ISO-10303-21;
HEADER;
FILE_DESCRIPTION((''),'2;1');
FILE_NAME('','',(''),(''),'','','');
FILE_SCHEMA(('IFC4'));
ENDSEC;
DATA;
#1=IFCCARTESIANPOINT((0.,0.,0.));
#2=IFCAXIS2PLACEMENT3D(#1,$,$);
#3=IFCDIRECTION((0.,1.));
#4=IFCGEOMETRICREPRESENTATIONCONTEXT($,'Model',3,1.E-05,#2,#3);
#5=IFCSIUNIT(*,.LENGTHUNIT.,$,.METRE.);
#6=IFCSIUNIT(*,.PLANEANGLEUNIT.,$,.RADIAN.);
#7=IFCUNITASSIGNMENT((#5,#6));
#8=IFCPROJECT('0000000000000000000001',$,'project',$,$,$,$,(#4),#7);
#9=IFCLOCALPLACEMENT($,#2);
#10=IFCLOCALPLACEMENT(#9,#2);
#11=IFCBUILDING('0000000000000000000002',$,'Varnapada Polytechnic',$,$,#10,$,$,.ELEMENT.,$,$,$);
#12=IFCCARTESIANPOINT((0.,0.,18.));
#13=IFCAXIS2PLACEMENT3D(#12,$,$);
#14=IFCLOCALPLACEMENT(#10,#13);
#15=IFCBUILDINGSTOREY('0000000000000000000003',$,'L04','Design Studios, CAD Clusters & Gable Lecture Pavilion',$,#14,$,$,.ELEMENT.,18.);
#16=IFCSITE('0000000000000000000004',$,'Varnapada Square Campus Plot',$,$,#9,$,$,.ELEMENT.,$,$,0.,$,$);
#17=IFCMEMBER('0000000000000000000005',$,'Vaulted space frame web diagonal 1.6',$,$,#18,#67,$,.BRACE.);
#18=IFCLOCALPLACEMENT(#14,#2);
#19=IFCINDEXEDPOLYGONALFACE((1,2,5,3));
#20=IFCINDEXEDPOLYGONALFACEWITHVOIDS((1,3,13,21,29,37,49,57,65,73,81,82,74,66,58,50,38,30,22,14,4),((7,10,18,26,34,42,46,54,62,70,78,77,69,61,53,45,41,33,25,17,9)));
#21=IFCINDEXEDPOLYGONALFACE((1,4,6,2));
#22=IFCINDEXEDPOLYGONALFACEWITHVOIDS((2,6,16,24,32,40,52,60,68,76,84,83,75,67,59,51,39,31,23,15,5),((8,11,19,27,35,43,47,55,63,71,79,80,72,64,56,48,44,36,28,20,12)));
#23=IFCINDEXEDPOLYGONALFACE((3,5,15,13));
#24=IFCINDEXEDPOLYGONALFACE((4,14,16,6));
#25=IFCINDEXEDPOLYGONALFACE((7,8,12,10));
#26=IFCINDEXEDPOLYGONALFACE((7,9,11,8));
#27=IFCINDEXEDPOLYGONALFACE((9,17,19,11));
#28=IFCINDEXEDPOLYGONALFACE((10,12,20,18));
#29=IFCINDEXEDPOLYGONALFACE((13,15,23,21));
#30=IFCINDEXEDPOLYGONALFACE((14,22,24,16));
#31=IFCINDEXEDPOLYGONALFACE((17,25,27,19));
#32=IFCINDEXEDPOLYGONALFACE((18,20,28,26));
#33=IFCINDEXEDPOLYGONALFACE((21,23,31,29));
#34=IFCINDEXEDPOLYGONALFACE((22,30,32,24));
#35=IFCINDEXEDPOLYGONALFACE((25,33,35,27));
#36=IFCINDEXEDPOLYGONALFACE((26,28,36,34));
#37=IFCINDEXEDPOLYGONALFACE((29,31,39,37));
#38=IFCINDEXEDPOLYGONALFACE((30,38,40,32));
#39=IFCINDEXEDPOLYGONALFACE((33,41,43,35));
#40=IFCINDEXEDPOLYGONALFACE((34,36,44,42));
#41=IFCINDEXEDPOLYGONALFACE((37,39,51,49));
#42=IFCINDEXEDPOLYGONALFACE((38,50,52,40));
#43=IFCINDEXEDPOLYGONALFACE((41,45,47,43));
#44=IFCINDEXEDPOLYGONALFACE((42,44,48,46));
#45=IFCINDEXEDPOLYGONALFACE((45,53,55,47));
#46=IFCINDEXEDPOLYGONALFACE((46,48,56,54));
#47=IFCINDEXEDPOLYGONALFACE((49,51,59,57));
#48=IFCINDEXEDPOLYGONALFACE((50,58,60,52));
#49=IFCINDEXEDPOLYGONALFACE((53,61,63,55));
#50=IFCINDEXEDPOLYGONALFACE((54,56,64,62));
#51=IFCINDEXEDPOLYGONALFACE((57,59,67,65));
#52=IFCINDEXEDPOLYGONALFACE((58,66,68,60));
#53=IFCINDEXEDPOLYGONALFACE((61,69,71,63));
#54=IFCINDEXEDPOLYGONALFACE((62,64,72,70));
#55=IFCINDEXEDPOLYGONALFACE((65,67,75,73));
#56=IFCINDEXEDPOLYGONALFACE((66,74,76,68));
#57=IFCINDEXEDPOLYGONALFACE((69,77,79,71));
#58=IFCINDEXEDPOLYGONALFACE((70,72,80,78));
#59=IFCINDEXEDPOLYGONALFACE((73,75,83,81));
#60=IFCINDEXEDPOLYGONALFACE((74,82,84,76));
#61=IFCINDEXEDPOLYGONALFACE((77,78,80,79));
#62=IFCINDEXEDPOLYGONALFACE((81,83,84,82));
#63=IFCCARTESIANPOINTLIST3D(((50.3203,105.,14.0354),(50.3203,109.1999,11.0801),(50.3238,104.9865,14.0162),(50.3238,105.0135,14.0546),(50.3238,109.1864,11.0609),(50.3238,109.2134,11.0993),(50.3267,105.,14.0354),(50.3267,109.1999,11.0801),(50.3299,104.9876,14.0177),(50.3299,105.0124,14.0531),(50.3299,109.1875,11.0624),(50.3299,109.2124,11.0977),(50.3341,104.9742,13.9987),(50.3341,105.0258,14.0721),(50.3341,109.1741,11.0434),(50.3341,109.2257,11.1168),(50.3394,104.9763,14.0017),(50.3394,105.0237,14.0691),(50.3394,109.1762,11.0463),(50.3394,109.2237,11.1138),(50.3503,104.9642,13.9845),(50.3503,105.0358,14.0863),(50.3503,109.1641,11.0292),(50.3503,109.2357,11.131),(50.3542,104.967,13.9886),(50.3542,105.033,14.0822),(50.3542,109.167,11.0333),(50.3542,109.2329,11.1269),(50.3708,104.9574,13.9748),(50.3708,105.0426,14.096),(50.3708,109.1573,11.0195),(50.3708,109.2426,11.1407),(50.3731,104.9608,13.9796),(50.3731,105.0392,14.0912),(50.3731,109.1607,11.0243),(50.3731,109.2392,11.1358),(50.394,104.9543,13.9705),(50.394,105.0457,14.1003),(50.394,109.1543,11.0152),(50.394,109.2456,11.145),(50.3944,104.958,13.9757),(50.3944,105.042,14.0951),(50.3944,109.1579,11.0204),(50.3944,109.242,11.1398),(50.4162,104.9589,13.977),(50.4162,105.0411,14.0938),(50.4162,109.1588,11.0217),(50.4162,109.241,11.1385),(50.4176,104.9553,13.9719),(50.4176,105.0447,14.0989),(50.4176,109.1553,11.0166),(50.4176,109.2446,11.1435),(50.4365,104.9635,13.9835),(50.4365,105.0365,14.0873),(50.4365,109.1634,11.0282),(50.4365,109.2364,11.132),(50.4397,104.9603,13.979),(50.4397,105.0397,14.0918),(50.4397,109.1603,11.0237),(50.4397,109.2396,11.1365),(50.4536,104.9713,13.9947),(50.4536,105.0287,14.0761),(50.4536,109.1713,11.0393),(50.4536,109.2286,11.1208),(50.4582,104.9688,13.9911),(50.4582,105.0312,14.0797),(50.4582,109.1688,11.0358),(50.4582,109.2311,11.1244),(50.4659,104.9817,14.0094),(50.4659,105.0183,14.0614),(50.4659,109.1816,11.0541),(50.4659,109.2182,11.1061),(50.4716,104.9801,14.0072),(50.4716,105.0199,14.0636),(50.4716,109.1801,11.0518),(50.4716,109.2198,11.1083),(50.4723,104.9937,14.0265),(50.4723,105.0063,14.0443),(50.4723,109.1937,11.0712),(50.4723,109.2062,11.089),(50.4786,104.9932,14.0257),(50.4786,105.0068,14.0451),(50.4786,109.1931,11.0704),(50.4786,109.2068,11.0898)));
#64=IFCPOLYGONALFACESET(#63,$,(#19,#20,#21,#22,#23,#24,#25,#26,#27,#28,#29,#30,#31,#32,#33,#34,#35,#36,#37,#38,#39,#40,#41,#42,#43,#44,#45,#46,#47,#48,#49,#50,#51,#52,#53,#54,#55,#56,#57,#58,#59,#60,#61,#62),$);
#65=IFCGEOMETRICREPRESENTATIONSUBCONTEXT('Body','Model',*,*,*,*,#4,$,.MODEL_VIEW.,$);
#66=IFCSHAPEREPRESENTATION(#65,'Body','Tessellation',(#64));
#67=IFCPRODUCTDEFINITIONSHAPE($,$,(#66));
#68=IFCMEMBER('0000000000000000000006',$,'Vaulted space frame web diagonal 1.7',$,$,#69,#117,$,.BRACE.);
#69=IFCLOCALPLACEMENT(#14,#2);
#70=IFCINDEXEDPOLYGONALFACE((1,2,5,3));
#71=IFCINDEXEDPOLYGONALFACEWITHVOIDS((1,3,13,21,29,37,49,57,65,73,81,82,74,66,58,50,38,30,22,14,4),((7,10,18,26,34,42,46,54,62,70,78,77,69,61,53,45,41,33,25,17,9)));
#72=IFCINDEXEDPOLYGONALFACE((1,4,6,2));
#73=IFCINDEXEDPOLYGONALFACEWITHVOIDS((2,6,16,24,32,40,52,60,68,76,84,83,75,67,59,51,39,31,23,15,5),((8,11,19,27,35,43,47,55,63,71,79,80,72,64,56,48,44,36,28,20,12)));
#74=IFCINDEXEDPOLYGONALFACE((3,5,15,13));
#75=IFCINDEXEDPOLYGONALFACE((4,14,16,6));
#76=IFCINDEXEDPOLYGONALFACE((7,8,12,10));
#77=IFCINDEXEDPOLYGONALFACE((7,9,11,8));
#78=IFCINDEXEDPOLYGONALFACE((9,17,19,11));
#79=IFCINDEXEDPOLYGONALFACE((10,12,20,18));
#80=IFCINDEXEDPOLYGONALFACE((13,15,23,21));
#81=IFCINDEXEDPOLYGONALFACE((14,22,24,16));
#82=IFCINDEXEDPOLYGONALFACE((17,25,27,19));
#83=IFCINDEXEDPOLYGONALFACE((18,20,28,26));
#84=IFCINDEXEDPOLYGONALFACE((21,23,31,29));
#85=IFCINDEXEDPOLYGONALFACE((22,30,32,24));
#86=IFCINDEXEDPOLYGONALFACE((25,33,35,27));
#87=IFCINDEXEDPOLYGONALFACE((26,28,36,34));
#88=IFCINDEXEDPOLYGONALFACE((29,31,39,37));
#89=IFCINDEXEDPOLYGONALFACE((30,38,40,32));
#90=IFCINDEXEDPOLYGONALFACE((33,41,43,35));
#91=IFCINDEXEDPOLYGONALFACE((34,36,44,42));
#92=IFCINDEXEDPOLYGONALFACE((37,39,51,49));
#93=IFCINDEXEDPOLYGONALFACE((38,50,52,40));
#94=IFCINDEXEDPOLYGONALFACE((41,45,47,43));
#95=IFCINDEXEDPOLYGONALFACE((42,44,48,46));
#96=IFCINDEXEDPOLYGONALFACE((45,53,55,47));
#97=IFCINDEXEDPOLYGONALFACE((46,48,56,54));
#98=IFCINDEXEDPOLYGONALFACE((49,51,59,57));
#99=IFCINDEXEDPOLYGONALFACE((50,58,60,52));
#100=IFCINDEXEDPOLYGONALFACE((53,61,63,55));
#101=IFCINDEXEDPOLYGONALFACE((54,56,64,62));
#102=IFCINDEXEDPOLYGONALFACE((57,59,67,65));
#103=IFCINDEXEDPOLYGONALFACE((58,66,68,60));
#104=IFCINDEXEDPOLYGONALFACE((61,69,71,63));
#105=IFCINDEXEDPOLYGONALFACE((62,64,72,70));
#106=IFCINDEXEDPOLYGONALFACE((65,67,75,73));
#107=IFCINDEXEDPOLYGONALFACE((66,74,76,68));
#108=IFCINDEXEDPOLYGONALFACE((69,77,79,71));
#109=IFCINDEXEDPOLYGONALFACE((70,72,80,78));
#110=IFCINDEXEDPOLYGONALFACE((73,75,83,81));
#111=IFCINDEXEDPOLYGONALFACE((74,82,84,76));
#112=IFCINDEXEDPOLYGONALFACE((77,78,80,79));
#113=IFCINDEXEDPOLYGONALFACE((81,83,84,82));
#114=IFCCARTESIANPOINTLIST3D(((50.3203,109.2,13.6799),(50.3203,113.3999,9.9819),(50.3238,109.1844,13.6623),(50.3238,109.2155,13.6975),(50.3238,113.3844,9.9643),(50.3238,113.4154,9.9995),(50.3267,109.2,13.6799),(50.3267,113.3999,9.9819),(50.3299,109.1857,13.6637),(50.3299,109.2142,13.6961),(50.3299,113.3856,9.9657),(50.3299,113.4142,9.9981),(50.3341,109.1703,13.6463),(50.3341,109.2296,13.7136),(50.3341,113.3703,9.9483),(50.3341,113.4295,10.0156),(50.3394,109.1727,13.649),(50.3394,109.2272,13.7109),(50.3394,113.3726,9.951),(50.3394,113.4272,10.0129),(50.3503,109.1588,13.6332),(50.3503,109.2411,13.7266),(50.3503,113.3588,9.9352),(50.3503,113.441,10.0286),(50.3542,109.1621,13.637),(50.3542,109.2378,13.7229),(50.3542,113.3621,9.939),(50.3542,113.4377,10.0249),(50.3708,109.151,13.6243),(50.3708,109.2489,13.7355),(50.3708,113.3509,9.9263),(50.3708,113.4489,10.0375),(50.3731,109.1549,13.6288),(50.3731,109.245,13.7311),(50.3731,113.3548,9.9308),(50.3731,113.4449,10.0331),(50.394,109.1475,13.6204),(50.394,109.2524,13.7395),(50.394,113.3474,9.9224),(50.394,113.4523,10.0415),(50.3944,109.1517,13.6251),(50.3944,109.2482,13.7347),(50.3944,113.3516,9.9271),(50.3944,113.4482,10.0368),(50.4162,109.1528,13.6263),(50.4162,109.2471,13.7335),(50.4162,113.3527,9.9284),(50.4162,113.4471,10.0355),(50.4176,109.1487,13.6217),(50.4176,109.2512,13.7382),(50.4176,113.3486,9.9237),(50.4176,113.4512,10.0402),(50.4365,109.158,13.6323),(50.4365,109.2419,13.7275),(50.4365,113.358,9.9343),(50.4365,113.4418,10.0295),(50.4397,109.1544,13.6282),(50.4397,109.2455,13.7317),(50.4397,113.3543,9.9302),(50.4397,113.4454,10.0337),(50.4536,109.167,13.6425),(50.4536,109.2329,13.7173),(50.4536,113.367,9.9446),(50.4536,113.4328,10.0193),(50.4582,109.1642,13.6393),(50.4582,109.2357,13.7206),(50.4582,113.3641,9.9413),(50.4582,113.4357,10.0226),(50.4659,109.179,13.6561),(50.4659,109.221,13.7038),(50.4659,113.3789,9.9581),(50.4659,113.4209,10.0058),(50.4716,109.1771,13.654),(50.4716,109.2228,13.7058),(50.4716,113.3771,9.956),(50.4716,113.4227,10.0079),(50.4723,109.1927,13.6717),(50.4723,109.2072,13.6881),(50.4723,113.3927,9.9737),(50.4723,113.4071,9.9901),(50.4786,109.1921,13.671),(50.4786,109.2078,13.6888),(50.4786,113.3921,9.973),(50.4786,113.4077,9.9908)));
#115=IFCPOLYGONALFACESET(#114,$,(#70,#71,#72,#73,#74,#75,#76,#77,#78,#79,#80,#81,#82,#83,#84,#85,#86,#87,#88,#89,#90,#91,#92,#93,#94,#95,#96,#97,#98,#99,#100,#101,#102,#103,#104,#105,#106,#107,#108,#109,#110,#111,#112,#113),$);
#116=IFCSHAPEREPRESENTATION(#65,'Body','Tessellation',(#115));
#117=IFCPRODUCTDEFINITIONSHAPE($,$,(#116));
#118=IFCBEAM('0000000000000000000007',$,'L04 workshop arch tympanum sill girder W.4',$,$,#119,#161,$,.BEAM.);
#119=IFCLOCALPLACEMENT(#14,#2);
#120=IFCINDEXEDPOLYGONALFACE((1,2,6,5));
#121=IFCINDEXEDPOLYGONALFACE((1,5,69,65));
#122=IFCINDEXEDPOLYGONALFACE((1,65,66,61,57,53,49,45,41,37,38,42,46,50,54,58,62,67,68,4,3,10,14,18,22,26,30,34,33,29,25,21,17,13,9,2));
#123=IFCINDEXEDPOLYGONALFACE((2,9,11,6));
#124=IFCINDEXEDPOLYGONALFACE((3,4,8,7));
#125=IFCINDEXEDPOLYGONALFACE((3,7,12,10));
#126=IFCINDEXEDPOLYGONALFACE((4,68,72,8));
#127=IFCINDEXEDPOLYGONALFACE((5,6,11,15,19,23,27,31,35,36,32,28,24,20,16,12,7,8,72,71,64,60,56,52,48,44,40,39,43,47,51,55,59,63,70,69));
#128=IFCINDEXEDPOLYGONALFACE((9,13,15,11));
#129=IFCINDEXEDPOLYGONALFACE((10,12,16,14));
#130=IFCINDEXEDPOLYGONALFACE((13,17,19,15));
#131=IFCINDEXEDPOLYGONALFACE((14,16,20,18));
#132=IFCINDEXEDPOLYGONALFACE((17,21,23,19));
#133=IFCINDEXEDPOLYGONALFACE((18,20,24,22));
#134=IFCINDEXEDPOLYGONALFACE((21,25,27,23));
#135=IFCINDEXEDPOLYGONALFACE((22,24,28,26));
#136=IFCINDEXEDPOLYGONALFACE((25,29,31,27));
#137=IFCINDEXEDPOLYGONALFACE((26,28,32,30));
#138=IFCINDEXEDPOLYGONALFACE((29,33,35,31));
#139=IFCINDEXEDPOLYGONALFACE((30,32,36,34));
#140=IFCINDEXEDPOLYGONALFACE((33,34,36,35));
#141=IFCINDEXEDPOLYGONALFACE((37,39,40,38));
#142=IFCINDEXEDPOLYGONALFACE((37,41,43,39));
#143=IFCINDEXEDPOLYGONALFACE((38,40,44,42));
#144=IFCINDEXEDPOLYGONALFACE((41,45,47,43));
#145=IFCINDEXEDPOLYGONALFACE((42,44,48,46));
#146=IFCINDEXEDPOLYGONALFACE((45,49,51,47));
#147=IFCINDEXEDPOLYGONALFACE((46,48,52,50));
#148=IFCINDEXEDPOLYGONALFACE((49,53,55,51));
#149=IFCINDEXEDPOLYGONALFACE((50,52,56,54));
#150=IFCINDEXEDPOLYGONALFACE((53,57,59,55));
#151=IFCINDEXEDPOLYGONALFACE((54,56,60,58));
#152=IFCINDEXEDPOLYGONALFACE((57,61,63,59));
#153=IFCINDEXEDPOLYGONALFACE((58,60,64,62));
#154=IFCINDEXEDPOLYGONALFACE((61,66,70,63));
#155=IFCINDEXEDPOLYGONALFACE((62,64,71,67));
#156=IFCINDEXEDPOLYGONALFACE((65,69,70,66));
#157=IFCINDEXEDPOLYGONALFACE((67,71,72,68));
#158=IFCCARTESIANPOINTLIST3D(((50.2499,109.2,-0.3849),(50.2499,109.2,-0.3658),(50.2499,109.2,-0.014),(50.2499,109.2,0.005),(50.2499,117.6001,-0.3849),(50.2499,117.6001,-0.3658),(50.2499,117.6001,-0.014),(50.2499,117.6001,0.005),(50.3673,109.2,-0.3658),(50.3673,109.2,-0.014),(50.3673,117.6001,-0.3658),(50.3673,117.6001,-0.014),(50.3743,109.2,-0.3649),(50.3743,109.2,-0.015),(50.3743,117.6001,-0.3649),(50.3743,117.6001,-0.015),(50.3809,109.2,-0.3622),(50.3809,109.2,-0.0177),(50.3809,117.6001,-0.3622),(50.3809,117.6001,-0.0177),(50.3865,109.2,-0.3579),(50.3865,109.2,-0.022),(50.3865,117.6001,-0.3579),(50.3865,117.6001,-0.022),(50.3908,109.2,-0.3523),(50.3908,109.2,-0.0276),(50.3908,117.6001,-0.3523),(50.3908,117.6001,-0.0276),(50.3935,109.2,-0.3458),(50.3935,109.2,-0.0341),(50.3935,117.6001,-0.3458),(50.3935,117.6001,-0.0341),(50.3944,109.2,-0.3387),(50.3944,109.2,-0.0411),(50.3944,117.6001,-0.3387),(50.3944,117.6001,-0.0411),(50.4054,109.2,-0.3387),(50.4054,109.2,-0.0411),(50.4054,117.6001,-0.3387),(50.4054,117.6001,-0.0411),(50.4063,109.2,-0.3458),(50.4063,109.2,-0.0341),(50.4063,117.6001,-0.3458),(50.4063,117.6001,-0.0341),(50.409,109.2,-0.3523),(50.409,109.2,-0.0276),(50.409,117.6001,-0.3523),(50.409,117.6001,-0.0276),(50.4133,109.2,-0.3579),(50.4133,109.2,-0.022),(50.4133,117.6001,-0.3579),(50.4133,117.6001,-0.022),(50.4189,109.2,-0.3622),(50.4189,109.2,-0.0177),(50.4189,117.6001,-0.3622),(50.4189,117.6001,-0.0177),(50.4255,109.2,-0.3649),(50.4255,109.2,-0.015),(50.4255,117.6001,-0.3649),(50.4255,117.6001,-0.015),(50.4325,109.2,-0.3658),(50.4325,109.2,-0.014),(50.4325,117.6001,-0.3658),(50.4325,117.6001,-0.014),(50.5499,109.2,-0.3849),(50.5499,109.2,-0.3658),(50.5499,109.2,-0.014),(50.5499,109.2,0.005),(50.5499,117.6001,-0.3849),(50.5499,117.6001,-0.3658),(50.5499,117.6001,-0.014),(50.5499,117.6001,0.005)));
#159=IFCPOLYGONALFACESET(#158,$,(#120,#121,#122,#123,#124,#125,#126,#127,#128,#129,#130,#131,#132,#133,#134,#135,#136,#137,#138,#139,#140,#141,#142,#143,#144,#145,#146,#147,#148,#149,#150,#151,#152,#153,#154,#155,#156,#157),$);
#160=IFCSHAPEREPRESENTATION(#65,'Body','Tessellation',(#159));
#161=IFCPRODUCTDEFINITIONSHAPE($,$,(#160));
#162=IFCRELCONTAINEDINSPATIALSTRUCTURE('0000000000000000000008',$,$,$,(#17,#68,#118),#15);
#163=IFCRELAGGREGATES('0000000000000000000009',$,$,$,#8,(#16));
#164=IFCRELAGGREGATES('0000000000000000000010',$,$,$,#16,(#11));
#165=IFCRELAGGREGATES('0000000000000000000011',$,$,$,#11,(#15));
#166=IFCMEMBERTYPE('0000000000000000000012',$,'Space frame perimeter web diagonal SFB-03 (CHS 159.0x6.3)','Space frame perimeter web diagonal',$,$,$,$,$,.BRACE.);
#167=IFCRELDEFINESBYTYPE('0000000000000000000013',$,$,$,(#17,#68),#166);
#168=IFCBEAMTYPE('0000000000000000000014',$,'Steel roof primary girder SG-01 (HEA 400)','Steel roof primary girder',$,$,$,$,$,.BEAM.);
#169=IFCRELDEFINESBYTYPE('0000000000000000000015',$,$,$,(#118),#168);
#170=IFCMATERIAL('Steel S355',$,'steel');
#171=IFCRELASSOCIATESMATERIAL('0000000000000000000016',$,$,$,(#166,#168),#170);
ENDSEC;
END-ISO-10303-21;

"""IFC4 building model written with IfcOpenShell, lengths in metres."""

from ifc_helpers import new_model, si_unit, direction, frame, origin, origin_2d, place, context, subcontext, project, spatial, hollow_circle, i_section, extrude, material, material_profile, profile_set, type_object, element, save


model = new_model("IFC4")

# Units and contexts
model_context = context("Model", 3, precision=1e-05, world=origin(), true_north=direction((0.0, 1.0)))
body_context = subcontext(model_context, "Body", "Model", "MODEL_VIEW")
ifc_project = project(units=[si_unit("LENGTHUNIT", "METRE"), si_unit("PLANEANGLEUNIT", "RADIAN")], contexts=[model_context])

# Site, building, storey
site_placement = place(None, origin())
site = spatial("IfcSite", under=ifc_project, at=site_placement, Name="Varnapada Square Campus Plot", CompositionType="ELEMENT", RefElevation=0.0)
building_placement = place(site_placement, origin())
building = spatial("IfcBuilding", under=site, at=building_placement, Name="Varnapada Polytechnic", CompositionType="ELEMENT")
storey_placement = place(building_placement, frame((0.0, 0.0, 18.0)))
storey = spatial("IfcBuildingStorey", under=building, at=storey_placement, Name="L04", Description="Design Studios, CAD Clusters & Gable Lecture Pavilion", CompositionType="ELEMENT", Elevation=18.0)

# Shared definitions
ifc_material_1 = material(Name="Steel S355", Category="steel")

# Members
ifc_material_profile_1 = material_profile(ifc_material_1, hollow_circle(Radius=0.0796, WallThickness=0.0063, at=origin_2d()), Name="CHS 159.0x6.3")
ifc_profile_set_1 = profile_set([ifc_material_profile_1], Name="Steel S355")
member_type_1 = type_object("IfcMemberType", Name="Space frame perimeter web diagonal SFB-03 (CHS 159.0x6.3)", Description="Space frame perimeter web diagonal", PredefinedType="BRACE", material=ifc_profile_set_1)
member_1_placement = place(storey_placement, frame((50.3999, 105.0, 14.0354), z_axis=(0.0, 0.817825, -0.575467), x_axis=(-1.0, 0.0, 0.0)))
element("IfcMember", 1, at=member_1_placement, inside=storey, type_object=member_type_1, Name="Vaulted space frame web diagonal 1.6", PredefinedType="BRACE", context=body_context, shape_type="SweptSolid", body=[
    extrude(hollow_circle(Radius=0.0796, WallThickness=0.0063, at=origin_2d()), origin(), (0.0, 0.0, 1.0), 5.1355),
])
member_2_placement = place(storey_placement, frame((50.3999, 109.2, 13.6799), z_axis=(0.0, 0.750533, -0.660833), x_axis=(-1.0, 0.0, 0.0)))
element("IfcMember", 2, at=member_2_placement, inside=storey, type_object=member_type_1, Name="Vaulted space frame web diagonal 1.7", PredefinedType="BRACE", context=body_context, shape_type="SweptSolid", body=[
    extrude(hollow_circle(Radius=0.0796, WallThickness=0.0063, at=origin_2d()), origin(), (0.0, 0.0, 1.0), 5.5959),
])

# Beam
ifc_material_profile_2 = material_profile(ifc_material_1, i_section(OverallWidth=0.3, OverallDepth=0.3899, WebThickness=0.011, FlangeThickness=0.019, FilletRadius=0.0271, at=origin_2d()), Name="HEA 400")
ifc_profile_set_2 = profile_set([ifc_material_profile_2], Name="Steel S355")
beam_type_1 = type_object("IfcBeamType", Name="Steel roof primary girder SG-01 (HEA 400)", Description="Steel roof primary girder", PredefinedType="BEAM", material=ifc_profile_set_2)
beam_1_placement = place(storey_placement, frame((50.3999, 109.2, -0.1899), z_axis=(0.0, 1.0, 0.0), x_axis=(-1.0, 0.0, 0.0)))
element("IfcBeam", 3, at=beam_1_placement, inside=storey, type_object=beam_type_1, Name="L04 workshop arch tympanum sill girder W.4", PredefinedType="BEAM", context=body_context, shape_type="SweptSolid", body=[
    extrude(i_section(OverallWidth=0.3, OverallDepth=0.3899, WebThickness=0.011, FlangeThickness=0.019, FilletRadius=0.0271, at=origin_2d()), origin(), (0.0, 0.0, 1.0), 8.4001),
])

save(model, "model.ifc")
